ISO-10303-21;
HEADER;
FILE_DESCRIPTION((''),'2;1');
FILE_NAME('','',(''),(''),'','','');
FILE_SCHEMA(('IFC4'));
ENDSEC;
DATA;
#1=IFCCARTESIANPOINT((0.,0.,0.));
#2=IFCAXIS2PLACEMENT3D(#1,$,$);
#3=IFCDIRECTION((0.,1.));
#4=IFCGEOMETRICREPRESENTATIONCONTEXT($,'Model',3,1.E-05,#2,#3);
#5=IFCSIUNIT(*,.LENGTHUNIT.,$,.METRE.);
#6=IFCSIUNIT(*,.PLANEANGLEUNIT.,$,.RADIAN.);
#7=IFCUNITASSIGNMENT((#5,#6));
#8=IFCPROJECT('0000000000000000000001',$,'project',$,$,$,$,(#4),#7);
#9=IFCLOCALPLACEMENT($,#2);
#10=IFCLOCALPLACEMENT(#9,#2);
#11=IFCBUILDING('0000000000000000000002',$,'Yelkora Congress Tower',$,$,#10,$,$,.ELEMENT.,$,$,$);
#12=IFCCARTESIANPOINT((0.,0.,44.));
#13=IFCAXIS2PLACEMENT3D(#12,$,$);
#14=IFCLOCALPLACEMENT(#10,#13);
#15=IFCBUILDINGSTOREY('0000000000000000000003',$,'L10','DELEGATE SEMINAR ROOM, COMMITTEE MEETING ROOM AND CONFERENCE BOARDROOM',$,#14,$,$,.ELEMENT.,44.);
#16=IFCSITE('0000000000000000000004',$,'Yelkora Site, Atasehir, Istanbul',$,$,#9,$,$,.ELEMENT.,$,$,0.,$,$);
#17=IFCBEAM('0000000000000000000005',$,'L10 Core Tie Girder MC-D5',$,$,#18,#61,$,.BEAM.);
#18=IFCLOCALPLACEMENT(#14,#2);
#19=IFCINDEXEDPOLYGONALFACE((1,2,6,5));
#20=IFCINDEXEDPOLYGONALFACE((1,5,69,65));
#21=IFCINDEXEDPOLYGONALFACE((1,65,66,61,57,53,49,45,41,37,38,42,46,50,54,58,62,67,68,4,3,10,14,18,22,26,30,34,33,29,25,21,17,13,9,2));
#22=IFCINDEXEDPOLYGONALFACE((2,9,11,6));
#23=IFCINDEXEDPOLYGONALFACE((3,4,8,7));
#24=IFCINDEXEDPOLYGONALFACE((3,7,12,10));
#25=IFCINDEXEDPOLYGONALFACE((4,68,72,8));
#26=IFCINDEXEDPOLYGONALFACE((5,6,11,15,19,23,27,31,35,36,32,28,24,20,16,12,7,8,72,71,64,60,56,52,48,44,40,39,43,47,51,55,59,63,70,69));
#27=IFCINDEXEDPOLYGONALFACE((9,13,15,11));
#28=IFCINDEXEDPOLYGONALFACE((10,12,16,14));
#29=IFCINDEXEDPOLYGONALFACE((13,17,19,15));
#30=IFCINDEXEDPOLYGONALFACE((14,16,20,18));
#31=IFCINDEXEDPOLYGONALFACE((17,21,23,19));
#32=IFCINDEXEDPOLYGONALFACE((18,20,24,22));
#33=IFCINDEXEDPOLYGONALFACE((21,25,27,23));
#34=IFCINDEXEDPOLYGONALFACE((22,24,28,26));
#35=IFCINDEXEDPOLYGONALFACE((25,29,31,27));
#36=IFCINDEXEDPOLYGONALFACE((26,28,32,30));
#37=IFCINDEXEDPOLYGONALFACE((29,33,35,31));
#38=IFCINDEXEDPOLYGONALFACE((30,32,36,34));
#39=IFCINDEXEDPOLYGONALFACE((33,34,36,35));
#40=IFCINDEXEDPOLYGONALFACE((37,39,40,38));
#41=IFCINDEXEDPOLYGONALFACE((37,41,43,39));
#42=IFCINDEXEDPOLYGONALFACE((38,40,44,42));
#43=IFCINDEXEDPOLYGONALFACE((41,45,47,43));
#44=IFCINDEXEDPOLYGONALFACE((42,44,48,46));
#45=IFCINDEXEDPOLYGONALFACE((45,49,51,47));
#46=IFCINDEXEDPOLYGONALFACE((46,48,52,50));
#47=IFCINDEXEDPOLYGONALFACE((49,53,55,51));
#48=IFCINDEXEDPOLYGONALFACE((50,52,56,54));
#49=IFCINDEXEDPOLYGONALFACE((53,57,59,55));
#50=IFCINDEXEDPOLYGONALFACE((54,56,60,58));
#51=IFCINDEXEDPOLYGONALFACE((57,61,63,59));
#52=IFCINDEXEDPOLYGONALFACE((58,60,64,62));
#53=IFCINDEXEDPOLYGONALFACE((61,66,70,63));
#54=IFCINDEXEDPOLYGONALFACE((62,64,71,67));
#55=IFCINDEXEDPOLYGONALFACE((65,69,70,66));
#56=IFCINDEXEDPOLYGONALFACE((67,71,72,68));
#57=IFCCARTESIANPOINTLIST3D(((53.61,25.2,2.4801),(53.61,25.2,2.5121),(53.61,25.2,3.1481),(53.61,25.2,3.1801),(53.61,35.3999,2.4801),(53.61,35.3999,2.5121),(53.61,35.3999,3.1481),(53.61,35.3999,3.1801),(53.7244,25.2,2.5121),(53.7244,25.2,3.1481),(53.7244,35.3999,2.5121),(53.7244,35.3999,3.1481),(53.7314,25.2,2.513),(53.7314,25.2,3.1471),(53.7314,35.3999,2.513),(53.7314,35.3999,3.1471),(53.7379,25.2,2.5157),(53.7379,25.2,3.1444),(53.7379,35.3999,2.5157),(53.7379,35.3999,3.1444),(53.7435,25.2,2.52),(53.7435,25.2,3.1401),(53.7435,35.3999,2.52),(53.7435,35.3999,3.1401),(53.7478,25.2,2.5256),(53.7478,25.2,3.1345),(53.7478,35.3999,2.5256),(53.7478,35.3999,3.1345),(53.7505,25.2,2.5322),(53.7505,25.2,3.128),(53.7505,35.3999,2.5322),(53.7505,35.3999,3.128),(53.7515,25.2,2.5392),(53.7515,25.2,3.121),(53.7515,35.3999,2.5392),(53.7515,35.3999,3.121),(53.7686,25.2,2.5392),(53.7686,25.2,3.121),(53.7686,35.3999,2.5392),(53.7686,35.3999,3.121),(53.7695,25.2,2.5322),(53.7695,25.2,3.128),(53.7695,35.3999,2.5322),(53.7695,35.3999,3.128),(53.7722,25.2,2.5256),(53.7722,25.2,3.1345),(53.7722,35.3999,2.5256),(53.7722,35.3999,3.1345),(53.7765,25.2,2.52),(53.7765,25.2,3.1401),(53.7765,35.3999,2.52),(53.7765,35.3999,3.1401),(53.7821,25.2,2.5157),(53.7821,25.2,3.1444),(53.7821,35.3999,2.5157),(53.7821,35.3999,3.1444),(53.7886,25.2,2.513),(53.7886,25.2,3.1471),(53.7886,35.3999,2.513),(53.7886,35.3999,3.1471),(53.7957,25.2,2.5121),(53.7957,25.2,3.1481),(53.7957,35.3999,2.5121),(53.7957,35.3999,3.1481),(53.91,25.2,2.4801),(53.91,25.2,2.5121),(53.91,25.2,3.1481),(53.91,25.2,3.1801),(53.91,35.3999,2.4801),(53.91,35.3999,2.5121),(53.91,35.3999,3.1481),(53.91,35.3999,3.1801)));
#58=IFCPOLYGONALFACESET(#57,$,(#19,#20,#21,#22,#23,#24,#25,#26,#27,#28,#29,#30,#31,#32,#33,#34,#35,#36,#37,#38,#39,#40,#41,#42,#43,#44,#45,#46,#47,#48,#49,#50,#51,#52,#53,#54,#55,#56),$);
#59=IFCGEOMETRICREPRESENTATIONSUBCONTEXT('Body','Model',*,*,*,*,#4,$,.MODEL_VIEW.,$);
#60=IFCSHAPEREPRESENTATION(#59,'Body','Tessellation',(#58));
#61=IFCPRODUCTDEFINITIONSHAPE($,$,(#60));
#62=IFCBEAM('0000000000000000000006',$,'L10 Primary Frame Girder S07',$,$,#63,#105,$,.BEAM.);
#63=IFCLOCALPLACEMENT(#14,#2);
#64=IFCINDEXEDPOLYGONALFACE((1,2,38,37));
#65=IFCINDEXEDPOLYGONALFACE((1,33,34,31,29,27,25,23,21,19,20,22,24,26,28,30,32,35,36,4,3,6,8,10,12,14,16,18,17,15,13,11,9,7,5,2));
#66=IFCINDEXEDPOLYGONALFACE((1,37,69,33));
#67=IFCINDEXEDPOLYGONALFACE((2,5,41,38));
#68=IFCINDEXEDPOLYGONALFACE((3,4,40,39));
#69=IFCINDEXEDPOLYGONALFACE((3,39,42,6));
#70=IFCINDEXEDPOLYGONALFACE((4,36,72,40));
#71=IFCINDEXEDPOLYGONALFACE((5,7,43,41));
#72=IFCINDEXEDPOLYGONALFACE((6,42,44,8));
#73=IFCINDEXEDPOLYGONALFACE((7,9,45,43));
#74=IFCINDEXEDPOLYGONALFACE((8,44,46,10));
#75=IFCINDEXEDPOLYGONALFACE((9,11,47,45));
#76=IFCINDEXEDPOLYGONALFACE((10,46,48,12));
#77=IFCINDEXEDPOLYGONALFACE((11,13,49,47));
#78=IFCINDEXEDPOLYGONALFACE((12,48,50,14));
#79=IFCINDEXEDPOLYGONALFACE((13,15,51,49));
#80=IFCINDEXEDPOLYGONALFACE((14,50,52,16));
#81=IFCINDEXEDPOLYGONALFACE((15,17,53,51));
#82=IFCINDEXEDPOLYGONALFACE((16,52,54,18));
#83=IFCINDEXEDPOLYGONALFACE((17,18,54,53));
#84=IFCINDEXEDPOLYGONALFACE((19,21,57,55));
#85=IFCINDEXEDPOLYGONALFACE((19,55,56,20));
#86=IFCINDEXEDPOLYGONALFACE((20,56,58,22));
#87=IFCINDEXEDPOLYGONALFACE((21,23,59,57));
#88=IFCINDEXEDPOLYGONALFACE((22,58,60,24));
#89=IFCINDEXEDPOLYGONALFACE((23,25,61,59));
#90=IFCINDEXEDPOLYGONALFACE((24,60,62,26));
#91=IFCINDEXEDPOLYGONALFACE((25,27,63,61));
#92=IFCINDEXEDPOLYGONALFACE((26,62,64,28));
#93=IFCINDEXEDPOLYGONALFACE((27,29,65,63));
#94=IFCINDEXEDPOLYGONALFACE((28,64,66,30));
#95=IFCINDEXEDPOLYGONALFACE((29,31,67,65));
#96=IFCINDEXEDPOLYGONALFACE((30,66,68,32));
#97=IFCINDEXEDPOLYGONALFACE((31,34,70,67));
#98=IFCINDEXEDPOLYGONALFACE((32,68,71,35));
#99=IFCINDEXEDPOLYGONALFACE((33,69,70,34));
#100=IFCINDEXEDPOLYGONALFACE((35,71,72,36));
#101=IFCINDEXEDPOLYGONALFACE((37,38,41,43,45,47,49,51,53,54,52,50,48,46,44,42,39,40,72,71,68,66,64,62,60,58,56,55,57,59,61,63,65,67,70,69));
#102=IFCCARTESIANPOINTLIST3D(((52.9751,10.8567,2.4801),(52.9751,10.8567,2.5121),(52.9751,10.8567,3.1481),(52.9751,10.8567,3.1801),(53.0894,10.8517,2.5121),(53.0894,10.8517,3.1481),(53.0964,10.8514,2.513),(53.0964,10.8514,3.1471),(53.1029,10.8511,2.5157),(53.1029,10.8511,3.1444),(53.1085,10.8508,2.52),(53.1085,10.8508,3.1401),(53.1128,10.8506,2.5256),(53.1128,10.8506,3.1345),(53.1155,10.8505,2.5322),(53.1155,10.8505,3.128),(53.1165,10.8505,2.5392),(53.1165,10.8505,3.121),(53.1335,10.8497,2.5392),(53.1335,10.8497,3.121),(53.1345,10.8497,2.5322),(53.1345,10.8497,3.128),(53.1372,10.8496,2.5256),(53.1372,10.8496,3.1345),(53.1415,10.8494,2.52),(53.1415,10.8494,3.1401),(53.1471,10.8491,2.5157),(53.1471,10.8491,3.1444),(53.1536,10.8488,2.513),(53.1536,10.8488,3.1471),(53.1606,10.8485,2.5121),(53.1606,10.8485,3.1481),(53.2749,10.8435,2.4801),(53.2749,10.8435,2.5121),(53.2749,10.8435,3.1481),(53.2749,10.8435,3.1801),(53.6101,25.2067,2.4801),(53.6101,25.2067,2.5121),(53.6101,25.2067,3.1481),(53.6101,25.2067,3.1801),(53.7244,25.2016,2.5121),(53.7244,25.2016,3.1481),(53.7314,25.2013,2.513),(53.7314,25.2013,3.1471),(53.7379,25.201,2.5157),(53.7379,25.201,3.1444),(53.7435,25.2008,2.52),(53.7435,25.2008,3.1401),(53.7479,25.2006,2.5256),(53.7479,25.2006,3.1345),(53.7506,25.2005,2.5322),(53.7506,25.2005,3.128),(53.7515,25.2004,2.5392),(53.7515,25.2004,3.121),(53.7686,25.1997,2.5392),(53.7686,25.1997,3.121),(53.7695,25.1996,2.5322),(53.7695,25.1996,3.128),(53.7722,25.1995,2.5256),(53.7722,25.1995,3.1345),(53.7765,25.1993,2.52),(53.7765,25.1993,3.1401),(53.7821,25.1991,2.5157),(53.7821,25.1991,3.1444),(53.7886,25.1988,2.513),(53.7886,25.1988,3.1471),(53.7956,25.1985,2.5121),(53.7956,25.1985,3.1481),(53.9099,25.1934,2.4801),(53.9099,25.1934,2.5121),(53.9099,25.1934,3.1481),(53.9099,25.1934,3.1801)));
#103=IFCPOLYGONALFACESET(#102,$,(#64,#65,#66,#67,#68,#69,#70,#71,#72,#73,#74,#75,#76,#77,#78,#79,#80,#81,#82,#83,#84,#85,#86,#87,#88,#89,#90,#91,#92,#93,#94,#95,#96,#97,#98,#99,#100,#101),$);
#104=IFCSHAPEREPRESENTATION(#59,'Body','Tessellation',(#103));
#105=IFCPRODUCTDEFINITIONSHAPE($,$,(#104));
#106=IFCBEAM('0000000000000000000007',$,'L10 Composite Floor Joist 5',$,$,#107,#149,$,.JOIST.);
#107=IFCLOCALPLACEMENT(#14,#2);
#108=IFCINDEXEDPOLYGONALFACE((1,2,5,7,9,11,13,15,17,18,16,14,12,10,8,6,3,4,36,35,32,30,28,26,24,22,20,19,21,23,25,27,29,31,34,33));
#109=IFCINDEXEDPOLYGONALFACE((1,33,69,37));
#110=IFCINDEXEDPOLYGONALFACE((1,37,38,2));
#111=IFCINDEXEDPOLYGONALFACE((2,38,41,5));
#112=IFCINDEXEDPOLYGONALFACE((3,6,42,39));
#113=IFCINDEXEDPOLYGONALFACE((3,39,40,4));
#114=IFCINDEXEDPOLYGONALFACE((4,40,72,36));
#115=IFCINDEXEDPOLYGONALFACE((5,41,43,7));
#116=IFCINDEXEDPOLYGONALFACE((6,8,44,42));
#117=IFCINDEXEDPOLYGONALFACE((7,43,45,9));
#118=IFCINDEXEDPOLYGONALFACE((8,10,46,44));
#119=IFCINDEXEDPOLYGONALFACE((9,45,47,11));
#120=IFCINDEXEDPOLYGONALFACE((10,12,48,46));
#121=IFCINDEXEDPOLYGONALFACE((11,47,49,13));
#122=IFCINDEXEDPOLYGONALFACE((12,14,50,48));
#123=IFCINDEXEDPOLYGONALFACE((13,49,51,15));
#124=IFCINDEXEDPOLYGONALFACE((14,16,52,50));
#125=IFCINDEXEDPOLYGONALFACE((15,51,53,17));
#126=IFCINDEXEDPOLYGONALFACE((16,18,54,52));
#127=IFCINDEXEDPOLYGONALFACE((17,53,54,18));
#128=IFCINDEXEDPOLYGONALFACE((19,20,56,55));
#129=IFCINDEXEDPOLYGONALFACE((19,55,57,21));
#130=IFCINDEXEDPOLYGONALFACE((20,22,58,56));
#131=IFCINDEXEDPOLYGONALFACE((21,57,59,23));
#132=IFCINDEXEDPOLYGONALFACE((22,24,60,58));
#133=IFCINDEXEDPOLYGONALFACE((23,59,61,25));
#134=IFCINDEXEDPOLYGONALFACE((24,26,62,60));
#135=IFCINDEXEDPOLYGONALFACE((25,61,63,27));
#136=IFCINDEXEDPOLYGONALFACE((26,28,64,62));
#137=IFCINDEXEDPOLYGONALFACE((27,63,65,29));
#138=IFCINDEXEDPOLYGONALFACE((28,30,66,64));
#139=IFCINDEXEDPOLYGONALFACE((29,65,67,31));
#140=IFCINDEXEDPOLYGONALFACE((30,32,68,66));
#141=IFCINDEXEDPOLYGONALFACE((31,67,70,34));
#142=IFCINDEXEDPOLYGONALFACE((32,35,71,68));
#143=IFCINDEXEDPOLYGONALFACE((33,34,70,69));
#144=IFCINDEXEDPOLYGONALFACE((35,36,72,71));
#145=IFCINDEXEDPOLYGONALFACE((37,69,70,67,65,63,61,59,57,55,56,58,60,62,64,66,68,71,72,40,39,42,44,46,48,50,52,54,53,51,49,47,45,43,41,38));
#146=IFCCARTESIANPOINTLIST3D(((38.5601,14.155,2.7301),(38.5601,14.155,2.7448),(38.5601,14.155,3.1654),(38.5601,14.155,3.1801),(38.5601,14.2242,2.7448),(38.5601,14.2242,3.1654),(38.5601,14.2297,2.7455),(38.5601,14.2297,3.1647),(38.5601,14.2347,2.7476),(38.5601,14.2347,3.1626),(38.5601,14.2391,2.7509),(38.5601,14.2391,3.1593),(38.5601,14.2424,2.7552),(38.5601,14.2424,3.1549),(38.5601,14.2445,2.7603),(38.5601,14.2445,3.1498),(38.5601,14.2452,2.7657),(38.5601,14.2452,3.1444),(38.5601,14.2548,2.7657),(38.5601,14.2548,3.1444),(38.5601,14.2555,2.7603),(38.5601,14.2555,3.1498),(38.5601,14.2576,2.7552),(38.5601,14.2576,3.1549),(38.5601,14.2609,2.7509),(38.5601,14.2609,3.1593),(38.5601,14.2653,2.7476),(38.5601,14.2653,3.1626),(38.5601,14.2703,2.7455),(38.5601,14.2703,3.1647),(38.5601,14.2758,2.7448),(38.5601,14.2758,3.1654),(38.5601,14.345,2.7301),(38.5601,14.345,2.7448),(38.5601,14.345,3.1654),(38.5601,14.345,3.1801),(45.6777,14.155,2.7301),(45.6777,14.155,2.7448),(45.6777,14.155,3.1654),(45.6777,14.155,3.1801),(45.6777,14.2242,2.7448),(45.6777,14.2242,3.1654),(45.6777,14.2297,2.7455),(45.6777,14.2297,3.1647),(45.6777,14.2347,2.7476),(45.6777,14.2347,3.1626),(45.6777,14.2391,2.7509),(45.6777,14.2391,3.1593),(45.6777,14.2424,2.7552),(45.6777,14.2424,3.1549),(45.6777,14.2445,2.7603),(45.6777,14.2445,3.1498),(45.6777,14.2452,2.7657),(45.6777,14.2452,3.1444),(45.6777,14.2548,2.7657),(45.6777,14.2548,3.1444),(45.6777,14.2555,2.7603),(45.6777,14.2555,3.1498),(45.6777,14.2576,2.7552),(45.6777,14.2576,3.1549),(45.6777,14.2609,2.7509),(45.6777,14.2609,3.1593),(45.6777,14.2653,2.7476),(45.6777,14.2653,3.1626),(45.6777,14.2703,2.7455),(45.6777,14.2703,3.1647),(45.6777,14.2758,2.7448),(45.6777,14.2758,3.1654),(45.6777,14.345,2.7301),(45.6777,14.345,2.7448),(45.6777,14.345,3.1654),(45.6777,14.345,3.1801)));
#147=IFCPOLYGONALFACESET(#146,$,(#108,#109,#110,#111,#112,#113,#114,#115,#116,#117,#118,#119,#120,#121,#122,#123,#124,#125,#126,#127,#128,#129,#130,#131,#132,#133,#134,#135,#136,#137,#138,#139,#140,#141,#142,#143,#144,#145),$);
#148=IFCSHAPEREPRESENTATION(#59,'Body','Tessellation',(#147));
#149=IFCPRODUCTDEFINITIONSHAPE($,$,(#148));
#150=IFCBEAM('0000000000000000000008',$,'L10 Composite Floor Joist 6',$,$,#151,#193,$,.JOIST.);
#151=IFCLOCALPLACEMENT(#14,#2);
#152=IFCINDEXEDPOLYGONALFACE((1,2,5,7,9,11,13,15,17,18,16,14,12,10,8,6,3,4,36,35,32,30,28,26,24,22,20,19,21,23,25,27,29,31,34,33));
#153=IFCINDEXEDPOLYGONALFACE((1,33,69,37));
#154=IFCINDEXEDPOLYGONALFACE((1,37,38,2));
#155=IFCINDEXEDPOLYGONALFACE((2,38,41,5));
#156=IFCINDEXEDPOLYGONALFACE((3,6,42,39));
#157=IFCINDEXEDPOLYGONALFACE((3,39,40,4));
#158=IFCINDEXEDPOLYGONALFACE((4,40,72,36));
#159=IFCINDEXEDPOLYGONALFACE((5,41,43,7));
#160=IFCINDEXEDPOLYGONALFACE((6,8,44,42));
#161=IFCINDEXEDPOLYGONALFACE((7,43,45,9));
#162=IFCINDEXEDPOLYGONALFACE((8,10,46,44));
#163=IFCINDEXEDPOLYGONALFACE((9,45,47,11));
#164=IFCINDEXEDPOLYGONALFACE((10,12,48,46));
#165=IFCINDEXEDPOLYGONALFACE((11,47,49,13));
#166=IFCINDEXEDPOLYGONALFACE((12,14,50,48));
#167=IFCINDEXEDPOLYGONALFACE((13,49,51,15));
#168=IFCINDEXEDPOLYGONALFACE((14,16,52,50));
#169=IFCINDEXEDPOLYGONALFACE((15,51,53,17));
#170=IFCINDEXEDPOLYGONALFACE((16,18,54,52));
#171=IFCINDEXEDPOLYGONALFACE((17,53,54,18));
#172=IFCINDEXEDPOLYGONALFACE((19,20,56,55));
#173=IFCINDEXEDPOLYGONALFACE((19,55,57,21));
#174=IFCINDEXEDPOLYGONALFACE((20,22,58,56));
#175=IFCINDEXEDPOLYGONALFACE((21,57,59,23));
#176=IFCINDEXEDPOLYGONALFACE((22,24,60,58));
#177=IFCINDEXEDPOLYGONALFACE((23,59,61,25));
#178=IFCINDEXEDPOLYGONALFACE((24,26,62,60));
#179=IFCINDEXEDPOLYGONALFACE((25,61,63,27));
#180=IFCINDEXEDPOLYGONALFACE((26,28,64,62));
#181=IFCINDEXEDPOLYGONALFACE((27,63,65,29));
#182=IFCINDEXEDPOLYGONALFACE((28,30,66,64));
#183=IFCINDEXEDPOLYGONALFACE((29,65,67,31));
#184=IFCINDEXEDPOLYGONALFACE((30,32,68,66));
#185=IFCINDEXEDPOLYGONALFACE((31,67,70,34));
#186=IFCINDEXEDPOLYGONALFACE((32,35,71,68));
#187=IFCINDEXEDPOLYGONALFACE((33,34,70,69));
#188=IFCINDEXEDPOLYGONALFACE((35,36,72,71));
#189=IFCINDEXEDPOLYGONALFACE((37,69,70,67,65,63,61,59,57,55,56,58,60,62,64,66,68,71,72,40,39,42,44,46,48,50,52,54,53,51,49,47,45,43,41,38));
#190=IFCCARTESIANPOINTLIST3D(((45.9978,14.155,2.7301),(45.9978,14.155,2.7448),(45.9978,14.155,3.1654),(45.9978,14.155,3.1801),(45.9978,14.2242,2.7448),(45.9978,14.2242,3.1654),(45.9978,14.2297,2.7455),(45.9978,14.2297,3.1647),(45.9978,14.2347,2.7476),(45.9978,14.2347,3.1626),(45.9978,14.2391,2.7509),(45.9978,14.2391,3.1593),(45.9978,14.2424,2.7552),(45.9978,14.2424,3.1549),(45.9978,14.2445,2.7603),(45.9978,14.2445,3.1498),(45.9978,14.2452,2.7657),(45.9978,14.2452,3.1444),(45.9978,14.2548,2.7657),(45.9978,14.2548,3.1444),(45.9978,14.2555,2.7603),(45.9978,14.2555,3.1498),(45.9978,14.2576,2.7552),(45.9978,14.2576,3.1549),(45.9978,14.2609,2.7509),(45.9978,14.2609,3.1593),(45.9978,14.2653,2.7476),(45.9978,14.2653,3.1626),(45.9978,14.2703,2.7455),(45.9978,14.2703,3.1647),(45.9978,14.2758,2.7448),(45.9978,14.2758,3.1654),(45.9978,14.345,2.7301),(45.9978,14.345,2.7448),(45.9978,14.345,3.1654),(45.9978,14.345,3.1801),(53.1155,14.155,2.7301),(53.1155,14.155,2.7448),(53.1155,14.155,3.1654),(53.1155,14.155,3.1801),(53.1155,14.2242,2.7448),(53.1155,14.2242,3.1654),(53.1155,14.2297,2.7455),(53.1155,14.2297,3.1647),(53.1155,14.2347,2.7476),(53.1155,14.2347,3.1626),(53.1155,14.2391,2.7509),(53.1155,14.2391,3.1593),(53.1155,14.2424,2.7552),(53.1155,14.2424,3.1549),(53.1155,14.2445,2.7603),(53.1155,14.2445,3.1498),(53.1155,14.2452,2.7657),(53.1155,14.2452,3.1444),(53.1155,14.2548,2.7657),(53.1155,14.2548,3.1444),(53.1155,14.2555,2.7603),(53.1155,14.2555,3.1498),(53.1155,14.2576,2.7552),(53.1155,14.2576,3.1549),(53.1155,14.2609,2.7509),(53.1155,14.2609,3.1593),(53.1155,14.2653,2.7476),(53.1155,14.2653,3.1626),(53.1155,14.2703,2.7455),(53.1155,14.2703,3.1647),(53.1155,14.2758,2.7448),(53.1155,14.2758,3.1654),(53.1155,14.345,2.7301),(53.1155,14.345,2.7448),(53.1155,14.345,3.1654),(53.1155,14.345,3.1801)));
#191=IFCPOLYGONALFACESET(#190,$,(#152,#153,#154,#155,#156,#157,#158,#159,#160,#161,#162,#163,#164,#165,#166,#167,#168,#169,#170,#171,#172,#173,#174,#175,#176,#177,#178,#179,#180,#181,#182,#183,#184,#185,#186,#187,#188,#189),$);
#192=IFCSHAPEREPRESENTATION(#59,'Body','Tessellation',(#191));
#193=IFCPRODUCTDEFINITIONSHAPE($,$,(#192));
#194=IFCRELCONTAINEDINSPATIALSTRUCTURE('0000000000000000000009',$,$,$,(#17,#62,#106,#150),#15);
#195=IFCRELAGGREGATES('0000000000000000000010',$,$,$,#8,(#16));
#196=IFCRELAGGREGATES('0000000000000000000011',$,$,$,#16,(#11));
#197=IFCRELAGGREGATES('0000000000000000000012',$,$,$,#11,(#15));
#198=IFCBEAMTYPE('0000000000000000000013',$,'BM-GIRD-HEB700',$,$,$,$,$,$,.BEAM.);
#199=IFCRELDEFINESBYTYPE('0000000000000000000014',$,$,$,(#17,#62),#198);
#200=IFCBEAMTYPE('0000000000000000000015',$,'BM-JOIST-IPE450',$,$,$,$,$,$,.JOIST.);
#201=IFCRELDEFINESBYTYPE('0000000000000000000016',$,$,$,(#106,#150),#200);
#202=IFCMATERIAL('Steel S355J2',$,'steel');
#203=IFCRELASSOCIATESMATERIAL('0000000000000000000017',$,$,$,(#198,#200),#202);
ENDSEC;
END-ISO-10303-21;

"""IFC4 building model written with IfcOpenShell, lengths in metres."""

from ifc_helpers import new_model, si_unit, direction, frame, origin, origin_2d, place, context, subcontext, project, spatial, i_section, extrude, material, material_profile, profile_set, type_object, element, save


model = new_model("IFC4")

# Units and contexts
model_context = context("Model", 3, precision=1e-05, world=origin(), true_north=direction((0.0, 1.0)))
body_context = subcontext(model_context, "Body", "Model", "MODEL_VIEW")
ifc_project = project(units=[si_unit("LENGTHUNIT", "METRE"), si_unit("PLANEANGLEUNIT", "RADIAN")], contexts=[model_context])

# Site, building, storey
site_placement = place(None, origin())
site = spatial("IfcSite", under=ifc_project, at=site_placement, Name="Yelkora Site, Atasehir, Istanbul", CompositionType="ELEMENT", RefElevation=0.0)
building_placement = place(site_placement, origin())
building = spatial("IfcBuilding", under=site, at=building_placement, Name="Yelkora Congress Tower", CompositionType="ELEMENT")
storey_placement = place(building_placement, frame((0.0, 0.0, 44.0)))
storey = spatial("IfcBuildingStorey", under=building, at=storey_placement, Name="L10", Description="DELEGATE SEMINAR ROOM, COMMITTEE MEETING ROOM AND CONFERENCE BOARDROOM", CompositionType="ELEMENT", Elevation=44.0)

# Beams
ifc_material_1 = material(Name="Steel S355J2", Category="steel")
ifc_material_profile_1 = material_profile(ifc_material_1, i_section(OverallWidth=0.3, OverallDepth=0.7, WebThickness=0.0171, FlangeThickness=0.032, FilletRadius=0.0271, at=origin_2d()), Name="HEB 700")
ifc_profile_set_1 = profile_set([ifc_material_profile_1], Name="Steel S355J2")
beam_type_1 = type_object("IfcBeamType", Name="BM-GIRD-HEB700", PredefinedType="BEAM", material=ifc_profile_set_1)
for number, where, z_axis, x_axis, name in (
    (1, (53.76, 25.2, 2.8301), (0.0, 1.0, 0.0), (-1.0, 0.0, 0.0), "L10 Core Tie Girder MC-D5"),
):
    element("IfcBeam", number, at=place(storey_placement, frame(where, z_axis=z_axis, x_axis=x_axis)), inside=storey, type_object=beam_type_1, Name=name, PredefinedType="BEAM", context=body_context, shape_type="SweptSolid", body=[
        extrude(i_section(OverallWidth=0.3, OverallDepth=0.7, WebThickness=0.0171, FlangeThickness=0.032, FilletRadius=0.0271, at=origin_2d()), origin(), (0.0, 0.0, 1.0), 10.2),
    ])
beam_1_placement = place(storey_placement, frame((53.125, 10.8501, 2.8301), z_axis=(0.044209, 0.999022, 0.0), x_axis=(-0.999022, 0.044209, 0.0)))
element("IfcBeam", 2, at=beam_1_placement, inside=storey, type_object=beam_type_1, Name="L10 Primary Frame Girder S07", PredefinedType="BEAM", context=body_context, shape_type="SweptSolid", body=[
    extrude(i_section(OverallWidth=0.3, OverallDepth=0.7, WebThickness=0.0171, FlangeThickness=0.032, FilletRadius=0.0271, at=origin_2d()), origin(), (0.0, 0.0, 1.0), 14.364),
])
ifc_material_profile_2 = material_profile(ifc_material_1, i_section(OverallWidth=0.1899, OverallDepth=0.45, WebThickness=0.0095, FlangeThickness=0.0146, FilletRadius=0.021, at=origin_2d()), Name="IPE 450")
ifc_profile_set_2 = profile_set([ifc_material_profile_2], Name="Steel S355J2")
beam_type_2 = type_object("IfcBeamType", Name="BM-JOIST-IPE450", PredefinedType="JOIST", material=ifc_profile_set_2)
for number, where, z_axis, x_axis, name in (
    (3, (38.5601, 14.25, 2.9551), (1.0, 0.0, 0.0), (0.0, 1.0, 0.0), "L10 Composite Floor Joist 5"),
    (4, (45.9978, 14.25, 2.9551), (1.0, 0.0, 0.0), (0.0, 1.0, 0.0), "L10 Composite Floor Joist 6"),
):
    element("IfcBeam", number, at=place(storey_placement, frame(where, z_axis=z_axis, x_axis=x_axis)), inside=storey, type_object=beam_type_2, Name=name, PredefinedType="JOIST", context=body_context, shape_type="SweptSolid", body=[
        extrude(i_section(OverallWidth=0.1899, OverallDepth=0.45, WebThickness=0.0095, FlangeThickness=0.0146, FilletRadius=0.021, at=origin_2d()), origin(), (0.0, 0.0, 1.0), 7.1177),
    ])

save(model, "model.ifc")
